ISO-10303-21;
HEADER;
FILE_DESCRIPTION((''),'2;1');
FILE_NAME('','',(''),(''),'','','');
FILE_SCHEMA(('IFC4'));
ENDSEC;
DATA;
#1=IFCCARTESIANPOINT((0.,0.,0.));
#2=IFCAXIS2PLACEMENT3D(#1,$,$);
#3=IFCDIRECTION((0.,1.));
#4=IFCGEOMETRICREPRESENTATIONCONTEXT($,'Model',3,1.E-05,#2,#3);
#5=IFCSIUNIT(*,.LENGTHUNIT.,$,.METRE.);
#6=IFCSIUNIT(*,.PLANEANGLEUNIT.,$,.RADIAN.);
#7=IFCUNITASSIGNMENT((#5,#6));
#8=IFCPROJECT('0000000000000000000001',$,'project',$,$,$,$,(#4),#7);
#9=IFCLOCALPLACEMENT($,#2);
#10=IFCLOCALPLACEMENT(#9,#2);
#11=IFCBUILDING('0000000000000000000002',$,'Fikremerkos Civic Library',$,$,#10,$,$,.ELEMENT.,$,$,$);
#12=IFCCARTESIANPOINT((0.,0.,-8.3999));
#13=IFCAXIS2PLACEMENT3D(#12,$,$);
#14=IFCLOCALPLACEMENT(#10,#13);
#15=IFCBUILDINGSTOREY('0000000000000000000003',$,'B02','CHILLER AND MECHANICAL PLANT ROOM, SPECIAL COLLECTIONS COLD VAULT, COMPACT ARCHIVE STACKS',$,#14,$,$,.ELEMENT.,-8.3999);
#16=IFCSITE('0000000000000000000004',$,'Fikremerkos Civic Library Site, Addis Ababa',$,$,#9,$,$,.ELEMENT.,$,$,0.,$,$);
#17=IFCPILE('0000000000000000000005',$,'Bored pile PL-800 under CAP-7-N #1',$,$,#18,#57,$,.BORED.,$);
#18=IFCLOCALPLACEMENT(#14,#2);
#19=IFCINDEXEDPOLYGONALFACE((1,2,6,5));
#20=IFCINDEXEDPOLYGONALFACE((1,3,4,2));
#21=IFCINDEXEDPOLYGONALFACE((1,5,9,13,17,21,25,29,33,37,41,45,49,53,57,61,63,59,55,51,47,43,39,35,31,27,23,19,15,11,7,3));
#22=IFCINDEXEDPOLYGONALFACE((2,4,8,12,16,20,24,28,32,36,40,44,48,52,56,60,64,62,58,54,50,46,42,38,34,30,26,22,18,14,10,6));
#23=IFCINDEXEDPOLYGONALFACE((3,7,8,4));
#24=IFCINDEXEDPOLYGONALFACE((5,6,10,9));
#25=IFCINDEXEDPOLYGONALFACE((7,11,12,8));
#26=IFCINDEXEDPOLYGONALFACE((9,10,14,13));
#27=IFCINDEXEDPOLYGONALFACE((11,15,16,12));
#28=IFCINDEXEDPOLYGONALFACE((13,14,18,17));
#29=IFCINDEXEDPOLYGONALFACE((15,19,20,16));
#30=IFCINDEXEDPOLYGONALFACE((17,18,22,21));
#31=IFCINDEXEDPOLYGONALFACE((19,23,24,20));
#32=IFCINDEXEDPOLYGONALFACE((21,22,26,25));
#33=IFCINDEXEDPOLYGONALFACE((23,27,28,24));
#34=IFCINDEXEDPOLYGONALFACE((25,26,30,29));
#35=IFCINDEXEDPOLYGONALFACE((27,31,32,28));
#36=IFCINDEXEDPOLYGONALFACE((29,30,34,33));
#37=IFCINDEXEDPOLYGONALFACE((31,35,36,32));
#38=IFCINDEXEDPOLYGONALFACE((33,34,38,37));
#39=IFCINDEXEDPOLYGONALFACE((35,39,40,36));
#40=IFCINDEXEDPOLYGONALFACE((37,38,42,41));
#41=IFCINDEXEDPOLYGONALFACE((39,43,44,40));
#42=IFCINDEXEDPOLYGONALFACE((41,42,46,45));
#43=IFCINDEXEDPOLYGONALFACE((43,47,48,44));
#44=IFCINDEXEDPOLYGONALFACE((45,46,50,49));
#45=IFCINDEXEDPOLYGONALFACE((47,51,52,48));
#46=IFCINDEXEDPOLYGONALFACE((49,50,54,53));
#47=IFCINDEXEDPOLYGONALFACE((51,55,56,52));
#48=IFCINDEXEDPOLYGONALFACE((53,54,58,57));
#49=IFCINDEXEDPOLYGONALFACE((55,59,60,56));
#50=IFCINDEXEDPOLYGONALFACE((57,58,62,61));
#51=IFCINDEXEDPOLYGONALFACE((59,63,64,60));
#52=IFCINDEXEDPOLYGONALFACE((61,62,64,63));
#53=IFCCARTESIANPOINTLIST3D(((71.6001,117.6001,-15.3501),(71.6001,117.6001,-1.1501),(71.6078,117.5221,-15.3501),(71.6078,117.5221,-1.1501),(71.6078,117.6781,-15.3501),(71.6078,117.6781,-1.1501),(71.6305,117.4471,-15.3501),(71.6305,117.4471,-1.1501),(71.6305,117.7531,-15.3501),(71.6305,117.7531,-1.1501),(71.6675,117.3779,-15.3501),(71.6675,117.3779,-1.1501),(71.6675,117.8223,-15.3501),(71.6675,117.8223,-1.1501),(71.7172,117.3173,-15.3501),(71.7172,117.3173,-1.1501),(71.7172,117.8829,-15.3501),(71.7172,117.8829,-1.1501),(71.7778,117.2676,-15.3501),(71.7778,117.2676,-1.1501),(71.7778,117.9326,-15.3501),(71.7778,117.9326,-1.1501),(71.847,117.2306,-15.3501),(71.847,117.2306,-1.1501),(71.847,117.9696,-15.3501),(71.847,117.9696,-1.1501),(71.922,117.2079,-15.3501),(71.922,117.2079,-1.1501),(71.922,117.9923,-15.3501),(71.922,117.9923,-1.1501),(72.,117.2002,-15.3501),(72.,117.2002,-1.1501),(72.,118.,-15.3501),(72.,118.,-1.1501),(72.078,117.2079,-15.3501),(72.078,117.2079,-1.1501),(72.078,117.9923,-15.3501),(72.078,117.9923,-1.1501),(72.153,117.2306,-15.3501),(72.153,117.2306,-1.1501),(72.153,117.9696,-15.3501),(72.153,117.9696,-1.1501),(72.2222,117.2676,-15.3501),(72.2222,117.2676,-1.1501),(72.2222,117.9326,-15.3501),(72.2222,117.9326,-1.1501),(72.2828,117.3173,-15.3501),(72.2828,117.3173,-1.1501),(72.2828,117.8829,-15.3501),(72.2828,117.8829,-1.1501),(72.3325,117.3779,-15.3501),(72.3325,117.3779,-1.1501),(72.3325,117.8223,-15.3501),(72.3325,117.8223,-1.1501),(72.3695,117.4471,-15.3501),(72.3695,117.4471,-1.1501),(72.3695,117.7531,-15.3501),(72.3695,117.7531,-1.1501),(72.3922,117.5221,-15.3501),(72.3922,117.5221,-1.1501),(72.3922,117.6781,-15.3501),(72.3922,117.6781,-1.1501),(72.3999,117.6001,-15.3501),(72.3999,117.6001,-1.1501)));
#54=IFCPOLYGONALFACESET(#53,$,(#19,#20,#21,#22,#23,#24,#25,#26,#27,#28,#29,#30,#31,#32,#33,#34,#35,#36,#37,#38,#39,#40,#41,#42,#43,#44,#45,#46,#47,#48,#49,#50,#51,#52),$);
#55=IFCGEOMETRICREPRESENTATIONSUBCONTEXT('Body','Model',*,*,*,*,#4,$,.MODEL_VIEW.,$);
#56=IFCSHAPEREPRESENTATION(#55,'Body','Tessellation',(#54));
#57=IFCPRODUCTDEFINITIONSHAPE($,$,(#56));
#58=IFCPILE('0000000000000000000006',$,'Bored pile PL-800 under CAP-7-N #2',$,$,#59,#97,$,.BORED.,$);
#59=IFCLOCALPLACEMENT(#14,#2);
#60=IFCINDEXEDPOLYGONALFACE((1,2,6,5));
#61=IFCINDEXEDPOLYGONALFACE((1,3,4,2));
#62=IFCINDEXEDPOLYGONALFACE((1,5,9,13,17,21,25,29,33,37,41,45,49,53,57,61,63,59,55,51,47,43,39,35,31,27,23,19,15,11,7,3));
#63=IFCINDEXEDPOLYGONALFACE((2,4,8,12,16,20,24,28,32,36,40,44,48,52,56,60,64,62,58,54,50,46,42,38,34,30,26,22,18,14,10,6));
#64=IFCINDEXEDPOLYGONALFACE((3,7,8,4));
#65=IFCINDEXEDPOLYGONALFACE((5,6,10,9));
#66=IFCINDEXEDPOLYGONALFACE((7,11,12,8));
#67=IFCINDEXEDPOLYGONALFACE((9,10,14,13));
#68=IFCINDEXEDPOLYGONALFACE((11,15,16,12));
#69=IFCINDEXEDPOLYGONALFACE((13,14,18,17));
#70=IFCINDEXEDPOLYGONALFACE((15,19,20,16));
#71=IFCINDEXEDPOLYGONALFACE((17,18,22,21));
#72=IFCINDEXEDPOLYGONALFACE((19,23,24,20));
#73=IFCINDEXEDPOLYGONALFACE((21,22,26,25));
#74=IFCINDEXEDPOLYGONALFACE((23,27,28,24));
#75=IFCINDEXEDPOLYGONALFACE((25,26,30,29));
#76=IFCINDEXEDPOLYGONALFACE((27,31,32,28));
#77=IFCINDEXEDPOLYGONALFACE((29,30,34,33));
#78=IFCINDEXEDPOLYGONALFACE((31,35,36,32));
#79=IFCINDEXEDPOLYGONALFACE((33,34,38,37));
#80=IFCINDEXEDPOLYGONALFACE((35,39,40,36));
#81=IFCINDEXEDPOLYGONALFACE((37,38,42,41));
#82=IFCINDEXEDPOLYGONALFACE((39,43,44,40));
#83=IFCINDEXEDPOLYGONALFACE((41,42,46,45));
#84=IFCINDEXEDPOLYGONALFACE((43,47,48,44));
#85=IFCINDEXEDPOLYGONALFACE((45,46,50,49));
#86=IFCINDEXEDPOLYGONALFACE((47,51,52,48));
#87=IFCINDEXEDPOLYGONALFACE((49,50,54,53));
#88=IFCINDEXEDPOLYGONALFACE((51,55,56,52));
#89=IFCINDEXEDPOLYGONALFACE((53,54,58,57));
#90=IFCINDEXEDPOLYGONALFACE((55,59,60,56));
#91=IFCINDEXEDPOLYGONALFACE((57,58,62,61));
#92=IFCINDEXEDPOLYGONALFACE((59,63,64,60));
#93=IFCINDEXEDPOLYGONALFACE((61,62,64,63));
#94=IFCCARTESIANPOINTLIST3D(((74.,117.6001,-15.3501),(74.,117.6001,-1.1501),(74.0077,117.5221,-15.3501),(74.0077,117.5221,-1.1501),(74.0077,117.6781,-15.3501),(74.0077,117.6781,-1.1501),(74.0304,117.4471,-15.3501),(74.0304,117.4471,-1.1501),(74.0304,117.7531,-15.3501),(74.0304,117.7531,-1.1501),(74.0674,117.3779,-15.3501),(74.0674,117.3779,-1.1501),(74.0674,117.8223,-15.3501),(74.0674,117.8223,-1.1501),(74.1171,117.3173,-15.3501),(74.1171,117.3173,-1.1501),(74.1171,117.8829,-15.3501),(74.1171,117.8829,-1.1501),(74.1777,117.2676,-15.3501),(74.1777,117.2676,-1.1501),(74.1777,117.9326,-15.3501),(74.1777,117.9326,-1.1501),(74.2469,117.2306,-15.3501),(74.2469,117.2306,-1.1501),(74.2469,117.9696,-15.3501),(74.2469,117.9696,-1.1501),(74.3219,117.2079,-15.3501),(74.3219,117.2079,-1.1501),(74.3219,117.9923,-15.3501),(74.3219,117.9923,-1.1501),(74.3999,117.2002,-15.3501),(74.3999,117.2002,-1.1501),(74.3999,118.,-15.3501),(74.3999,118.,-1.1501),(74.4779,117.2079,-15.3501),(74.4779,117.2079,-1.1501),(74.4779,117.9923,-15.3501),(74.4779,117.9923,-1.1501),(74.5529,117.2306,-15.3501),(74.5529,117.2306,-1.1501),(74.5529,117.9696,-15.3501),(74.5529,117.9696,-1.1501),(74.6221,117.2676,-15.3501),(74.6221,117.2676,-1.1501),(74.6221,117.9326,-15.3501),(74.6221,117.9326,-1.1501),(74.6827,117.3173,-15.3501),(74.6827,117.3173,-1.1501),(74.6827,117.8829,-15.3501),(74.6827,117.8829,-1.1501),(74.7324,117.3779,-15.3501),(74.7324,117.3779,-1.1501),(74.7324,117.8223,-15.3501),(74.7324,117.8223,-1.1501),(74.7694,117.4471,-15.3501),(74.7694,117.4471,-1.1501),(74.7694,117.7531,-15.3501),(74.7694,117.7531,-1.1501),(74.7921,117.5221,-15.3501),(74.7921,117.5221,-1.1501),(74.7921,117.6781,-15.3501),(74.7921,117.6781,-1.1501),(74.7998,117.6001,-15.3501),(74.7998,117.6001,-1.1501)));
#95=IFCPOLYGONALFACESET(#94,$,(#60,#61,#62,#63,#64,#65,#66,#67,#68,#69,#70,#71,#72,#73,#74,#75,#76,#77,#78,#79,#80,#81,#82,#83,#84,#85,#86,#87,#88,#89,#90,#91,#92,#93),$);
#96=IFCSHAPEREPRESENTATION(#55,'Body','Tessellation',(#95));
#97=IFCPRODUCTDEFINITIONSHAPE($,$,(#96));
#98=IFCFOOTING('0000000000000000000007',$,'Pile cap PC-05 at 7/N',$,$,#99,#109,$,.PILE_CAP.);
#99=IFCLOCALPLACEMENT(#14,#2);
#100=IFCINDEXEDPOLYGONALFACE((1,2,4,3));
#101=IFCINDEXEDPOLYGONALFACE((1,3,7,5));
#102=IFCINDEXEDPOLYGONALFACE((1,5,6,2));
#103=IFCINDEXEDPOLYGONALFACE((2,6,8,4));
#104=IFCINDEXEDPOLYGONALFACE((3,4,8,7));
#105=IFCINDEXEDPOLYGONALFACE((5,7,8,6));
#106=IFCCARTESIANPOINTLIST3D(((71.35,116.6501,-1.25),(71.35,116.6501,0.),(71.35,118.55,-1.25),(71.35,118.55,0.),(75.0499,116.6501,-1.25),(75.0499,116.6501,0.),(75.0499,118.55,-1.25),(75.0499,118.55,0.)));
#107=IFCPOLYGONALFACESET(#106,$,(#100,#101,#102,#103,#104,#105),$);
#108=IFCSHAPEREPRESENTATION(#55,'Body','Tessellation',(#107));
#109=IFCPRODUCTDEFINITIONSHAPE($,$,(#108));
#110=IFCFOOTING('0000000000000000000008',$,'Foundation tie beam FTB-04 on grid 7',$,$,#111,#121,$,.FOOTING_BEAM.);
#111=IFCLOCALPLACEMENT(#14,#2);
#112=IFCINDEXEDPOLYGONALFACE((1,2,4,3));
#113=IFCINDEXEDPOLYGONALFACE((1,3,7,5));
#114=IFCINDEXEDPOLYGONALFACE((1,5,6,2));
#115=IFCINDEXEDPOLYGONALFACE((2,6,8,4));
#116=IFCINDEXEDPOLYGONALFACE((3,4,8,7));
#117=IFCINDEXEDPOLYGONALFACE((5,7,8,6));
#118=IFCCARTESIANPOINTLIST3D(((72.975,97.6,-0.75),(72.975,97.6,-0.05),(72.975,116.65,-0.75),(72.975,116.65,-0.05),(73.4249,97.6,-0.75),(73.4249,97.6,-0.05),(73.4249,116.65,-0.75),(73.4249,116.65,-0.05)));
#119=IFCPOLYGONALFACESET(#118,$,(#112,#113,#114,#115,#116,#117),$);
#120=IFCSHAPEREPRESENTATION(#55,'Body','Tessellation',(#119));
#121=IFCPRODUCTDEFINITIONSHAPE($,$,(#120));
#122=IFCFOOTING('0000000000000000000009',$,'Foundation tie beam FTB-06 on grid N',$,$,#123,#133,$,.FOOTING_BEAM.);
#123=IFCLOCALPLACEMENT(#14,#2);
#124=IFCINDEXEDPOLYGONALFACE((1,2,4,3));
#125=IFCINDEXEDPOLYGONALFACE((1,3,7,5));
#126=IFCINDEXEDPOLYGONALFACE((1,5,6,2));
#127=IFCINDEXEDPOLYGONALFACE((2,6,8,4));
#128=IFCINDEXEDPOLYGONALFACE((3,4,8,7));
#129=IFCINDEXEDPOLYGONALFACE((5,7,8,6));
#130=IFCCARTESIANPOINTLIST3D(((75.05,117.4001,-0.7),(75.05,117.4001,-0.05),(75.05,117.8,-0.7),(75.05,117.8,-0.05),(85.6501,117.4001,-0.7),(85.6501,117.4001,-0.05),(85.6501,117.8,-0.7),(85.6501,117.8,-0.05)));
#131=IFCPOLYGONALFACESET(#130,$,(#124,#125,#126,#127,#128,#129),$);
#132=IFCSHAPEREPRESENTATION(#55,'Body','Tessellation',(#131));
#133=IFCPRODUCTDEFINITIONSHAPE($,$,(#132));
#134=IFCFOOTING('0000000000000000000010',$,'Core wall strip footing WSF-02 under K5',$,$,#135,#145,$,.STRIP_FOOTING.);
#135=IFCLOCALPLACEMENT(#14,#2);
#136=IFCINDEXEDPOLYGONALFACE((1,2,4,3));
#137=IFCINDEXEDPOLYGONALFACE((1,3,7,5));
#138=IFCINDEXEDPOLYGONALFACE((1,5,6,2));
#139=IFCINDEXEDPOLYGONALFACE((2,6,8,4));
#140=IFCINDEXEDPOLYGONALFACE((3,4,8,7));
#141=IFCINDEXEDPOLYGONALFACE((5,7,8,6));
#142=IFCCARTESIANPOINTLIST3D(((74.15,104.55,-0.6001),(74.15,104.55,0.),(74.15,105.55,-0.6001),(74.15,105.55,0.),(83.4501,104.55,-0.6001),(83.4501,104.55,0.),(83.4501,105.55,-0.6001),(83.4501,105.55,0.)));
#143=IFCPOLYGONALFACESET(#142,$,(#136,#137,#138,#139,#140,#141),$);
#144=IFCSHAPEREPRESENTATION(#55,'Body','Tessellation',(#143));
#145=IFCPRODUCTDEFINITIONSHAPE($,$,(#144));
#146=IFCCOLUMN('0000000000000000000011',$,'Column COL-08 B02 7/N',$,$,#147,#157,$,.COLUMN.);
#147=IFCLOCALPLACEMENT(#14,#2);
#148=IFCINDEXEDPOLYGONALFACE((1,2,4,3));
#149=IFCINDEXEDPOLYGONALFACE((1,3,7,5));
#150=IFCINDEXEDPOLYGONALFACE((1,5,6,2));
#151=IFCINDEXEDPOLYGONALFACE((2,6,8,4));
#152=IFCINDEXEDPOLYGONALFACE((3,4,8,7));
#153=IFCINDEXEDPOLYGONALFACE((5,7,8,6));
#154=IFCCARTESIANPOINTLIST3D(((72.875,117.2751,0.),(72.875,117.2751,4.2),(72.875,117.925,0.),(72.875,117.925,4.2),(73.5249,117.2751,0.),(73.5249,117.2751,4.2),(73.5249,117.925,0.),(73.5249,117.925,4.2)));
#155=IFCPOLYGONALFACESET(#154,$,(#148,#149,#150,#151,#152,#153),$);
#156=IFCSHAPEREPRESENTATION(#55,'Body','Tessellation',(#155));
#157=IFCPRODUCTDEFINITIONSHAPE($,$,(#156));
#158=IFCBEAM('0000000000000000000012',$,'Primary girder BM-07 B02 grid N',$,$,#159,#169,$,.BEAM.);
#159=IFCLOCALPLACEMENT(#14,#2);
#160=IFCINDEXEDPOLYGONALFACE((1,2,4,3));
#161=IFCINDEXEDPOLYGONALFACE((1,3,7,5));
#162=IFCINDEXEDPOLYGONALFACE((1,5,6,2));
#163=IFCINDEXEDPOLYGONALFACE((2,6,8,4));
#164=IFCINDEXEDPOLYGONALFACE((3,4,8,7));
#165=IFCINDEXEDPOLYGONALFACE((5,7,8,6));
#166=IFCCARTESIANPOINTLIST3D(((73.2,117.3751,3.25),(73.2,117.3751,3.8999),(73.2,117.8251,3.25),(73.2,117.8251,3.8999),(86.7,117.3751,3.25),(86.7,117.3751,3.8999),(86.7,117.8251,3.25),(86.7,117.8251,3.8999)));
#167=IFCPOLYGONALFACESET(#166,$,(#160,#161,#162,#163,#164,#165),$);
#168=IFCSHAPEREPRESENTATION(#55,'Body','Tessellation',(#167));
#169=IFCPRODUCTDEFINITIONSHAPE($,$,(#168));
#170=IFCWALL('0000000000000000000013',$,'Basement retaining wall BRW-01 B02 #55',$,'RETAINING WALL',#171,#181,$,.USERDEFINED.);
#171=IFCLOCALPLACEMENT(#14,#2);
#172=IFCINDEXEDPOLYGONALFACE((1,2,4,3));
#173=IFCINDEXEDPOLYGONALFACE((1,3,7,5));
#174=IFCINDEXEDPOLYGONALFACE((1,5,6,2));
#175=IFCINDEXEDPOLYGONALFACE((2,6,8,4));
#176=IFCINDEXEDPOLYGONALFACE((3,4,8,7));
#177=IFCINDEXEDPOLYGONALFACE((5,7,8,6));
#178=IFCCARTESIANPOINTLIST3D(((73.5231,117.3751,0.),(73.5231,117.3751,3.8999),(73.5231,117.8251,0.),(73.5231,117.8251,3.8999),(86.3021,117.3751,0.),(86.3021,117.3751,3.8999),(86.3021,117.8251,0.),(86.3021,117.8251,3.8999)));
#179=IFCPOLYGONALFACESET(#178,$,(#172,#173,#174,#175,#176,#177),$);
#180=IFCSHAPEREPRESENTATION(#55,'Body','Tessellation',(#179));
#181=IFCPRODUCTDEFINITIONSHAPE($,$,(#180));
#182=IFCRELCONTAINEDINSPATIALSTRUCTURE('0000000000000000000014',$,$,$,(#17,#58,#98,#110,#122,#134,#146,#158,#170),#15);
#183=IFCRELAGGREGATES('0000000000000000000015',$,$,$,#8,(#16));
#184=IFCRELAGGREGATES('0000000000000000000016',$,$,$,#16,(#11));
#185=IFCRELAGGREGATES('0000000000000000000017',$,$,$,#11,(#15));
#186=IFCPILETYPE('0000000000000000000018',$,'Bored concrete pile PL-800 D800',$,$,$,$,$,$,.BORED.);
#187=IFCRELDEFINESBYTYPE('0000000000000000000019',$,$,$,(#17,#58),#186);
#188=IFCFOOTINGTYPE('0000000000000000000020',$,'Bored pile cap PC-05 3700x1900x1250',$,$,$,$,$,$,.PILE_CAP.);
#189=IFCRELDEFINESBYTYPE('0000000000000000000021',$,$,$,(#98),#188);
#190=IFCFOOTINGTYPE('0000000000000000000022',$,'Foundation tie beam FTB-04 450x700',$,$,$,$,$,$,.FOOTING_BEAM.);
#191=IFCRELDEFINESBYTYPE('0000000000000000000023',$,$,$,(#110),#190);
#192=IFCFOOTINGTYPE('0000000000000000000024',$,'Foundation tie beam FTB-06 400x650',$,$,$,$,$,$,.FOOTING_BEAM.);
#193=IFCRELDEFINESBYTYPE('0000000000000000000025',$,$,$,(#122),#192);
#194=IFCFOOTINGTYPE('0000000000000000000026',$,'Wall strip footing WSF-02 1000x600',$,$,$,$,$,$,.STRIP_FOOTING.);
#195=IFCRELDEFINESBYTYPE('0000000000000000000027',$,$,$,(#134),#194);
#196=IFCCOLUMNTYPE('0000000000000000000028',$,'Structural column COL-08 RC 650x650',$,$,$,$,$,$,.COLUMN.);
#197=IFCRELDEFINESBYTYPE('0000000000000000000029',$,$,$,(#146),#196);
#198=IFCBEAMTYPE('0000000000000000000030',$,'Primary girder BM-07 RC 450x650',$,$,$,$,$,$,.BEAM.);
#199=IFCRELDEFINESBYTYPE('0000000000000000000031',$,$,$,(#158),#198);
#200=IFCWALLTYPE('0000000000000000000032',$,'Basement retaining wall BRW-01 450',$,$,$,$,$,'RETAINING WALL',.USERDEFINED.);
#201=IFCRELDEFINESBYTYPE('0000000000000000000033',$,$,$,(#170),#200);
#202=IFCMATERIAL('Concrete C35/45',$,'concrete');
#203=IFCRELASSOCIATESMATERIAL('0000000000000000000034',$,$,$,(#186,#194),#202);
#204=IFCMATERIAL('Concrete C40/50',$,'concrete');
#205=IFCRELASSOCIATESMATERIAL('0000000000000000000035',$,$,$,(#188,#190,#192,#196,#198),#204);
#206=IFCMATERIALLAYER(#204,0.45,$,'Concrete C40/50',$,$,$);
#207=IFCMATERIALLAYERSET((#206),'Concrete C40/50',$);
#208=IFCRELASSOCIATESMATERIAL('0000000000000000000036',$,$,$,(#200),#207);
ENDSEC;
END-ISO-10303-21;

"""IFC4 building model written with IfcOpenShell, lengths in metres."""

from ifc_helpers import new_model, si_unit, direction, frame, frame_2d, origin, origin_2d, place, context, subcontext, project, spatial, rectangle, circle, extrude, material, layer, layer_set, material_profile, profile_set, type_object, element, save


model = new_model("IFC4")

# Units and contexts
model_context = context("Model", 3, precision=1e-05, world=origin(), true_north=direction((0.0, 1.0)))
body_context = subcontext(model_context, "Body", "Model", "MODEL_VIEW")
ifc_project = project(units=[si_unit("LENGTHUNIT", "METRE"), si_unit("PLANEANGLEUNIT", "RADIAN")], contexts=[model_context])

# Site, building, storey
site_placement = place(None, origin())
site = spatial("IfcSite", under=ifc_project, at=site_placement, Name="Fikremerkos Civic Library Site, Addis Ababa", CompositionType="ELEMENT", RefElevation=0.0)
building_placement = place(site_placement, origin())
building = spatial("IfcBuilding", under=site, at=building_placement, Name="Fikremerkos Civic Library", CompositionType="ELEMENT")
storey_placement = place(building_placement, frame((0.0, 0.0, -8.3999)))
storey = spatial("IfcBuildingStorey", under=building, at=storey_placement, Name="B02", Description="CHILLER AND MECHANICAL PLANT ROOM, SPECIAL COLLECTIONS COLD VAULT, COMPACT ARCHIVE STACKS", CompositionType="ELEMENT", Elevation=-8.3999)

# Piles
ifc_material_1 = material(Name="Concrete C35/45", Category="concrete")
ifc_material_profile_1 = material_profile(ifc_material_1, circle(Radius=0.3999, at=origin_2d()), Name="BORED PILE 800")
ifc_profile_set_1 = profile_set([ifc_material_profile_1], Name="Concrete C35/45")
pile_type = type_object("IfcPileType", Name="Bored concrete pile PL-800 D800", PredefinedType="BORED", material=ifc_profile_set_1)
for number, where, z_axis, x_axis, name in (
    (1, (72.0, 117.6001, -1.1501), (0.0, 0.0, -1.0), (1.0, 0.0, 0.0), "Bored pile PL-800 under CAP-7-N #1"),
    (2, (74.3999, 117.6001, -1.1501), (0.0, 0.0, -1.0), (1.0, 0.0, 0.0), "Bored pile PL-800 under CAP-7-N #2"),
):
    element("IfcPile", number, at=place(storey_placement, frame(where, z_axis=z_axis, x_axis=x_axis)), inside=storey, type_object=pile_type, Name=name, PredefinedType="BORED", context=body_context, shape_type="SweptSolid", body=[
        extrude(circle(Radius=0.3999, at=origin_2d()), origin(), (0.0, 0.0, 1.0), 14.2),
    ])

# Footings
ifc_material_2 = material(Name="Concrete C40/50", Category="concrete")
footing_type_1 = type_object("IfcFootingType", Name="Bored pile cap PC-05 3700x1900x1250", PredefinedType="PILE_CAP", material=ifc_material_2)
footing_1_placement = place(storey_placement, frame((73.2, 117.6001, -1.25), z_axis=(0.0, 0.0, 1.0), x_axis=(1.0, 0.0, 0.0)))
element("IfcFooting", 3, at=footing_1_placement, inside=storey, type_object=footing_type_1, Name="Pile cap PC-05 at 7/N", PredefinedType="PILE_CAP", context=body_context, shape_type="SweptSolid", body=[
    extrude(rectangle(XDim=3.7, YDim=1.8999, at=origin_2d()), origin(), (0.0, 0.0, 1.0), 1.25),
])
footing_type_2 = type_object("IfcFootingType", Name="Foundation tie beam FTB-04 450x700", PredefinedType="FOOTING_BEAM", material=ifc_material_2)
footing_2_placement = place(storey_placement, frame((73.2, 107.125, -0.75), z_axis=(0.0, 0.0, 1.0), x_axis=(0.0, 1.0, 0.0)))
element("IfcFooting", 4, at=footing_2_placement, inside=storey, type_object=footing_type_2, Name="Foundation tie beam FTB-04 on grid 7", PredefinedType="FOOTING_BEAM", context=body_context, shape_type="SweptSolid", body=[
    extrude(rectangle(XDim=19.05, YDim=0.45, at=origin_2d()), origin(), (0.0, 0.0, 1.0), 0.7),
])
footing_type_3 = type_object("IfcFootingType", Name="Foundation tie beam FTB-06 400x650", PredefinedType="FOOTING_BEAM", material=ifc_material_2)
footing_3_placement = place(storey_placement, frame((80.3501, 117.6001, -0.7), z_axis=(0.0, 0.0, 1.0), x_axis=(1.0, 0.0, 0.0)))
element("IfcFooting", 5, at=footing_3_placement, inside=storey, type_object=footing_type_3, Name="Foundation tie beam FTB-06 on grid N", PredefinedType="FOOTING_BEAM", context=body_context, shape_type="SweptSolid", body=[
    extrude(rectangle(XDim=10.6001, YDim=0.3999, at=origin_2d()), origin(), (0.0, 0.0, 1.0), 0.6499),
])
footing_type_4 = type_object("IfcFootingType", Name="Wall strip footing WSF-02 1000x600", PredefinedType="STRIP_FOOTING", material=ifc_material_1)
footing_4_placement = place(storey_placement, frame((78.8, 105.05, -0.6001), z_axis=(0.0, 0.0, 1.0), x_axis=(1.0, 0.0, 0.0)))
element("IfcFooting", 6, at=footing_4_placement, inside=storey, type_object=footing_type_4, Name="Core wall strip footing WSF-02 under K5", PredefinedType="STRIP_FOOTING", context=body_context, shape_type="SweptSolid", body=[
    extrude(rectangle(XDim=9.3, YDim=1.0, at=origin_2d()), origin(), (0.0, 0.0, 1.0), 0.6001),
])

# Column
ifc_material_profile_2 = material_profile(ifc_material_2, rectangle(XDim=0.6499, YDim=0.6499, at=origin_2d()), Name="RC 650x650")
ifc_profile_set_2 = profile_set([ifc_material_profile_2], Name="Concrete C40/50")
column_type = type_object("IfcColumnType", Name="Structural column COL-08 RC 650x650", PredefinedType="COLUMN", material=ifc_profile_set_2)
column_placement = place(storey_placement, frame((73.2, 117.6001, 0.0), z_axis=(0.0, 0.0, 1.0), x_axis=(1.0, 0.0, 0.0)))
element("IfcColumn", 7, at=column_placement, inside=storey, type_object=column_type, Name="Column COL-08 B02 7/N", PredefinedType="COLUMN", context=body_context, shape_type="SweptSolid", body=[
    extrude(rectangle(XDim=0.6499, YDim=0.6499, at=origin_2d()), origin(), (0.0, 0.0, 1.0), 4.2),
])

# Beam
ifc_material_profile_3 = material_profile(ifc_material_2, rectangle(XDim=0.45, YDim=0.6499, at=origin_2d()), Name="RC 450x650")
ifc_profile_set_3 = profile_set([ifc_material_profile_3], Name="Concrete C40/50")
beam_type = type_object("IfcBeamType", Name="Primary girder BM-07 RC 450x650", PredefinedType="BEAM", material=ifc_profile_set_3)
beam_placement = place(storey_placement, frame((73.2, 117.6001, 3.575), z_axis=(1.0, 0.0, 0.0), x_axis=(0.0, 1.0, 0.0)))
element("IfcBeam", 8, at=beam_placement, inside=storey, type_object=beam_type, Name="Primary girder BM-07 B02 grid N", PredefinedType="BEAM", context=body_context, shape_type="SweptSolid", body=[
    extrude(rectangle(XDim=0.45, YDim=0.6499, at=origin_2d()), origin(), (0.0, 0.0, 1.0), 13.5),
])

# Wall
ifc_layer_1 = layer(ifc_material_2, 0.45, Name="Concrete C40/50")
ifc_layer_set_1 = layer_set([ifc_layer_1], Name="Concrete C40/50")
wall_type_1 = type_object("IfcWallType", Name="Basement retaining wall BRW-01 450", ElementType="RETAINING WALL", PredefinedType="USERDEFINED", material=ifc_layer_set_1)
wall_1_placement = place(storey_placement, frame((73.5229, 117.6001, 0.0), z_axis=(0.0, 0.0, 1.0), x_axis=(1.0, 0.0, 0.0)))
element("IfcWall", 9, at=wall_1_placement, inside=storey, type_object=wall_type_1, Name="Basement retaining wall BRW-01 B02 #55", ObjectType="RETAINING WALL", PredefinedType="USERDEFINED", context=body_context, shape_type="SweptSolid", body=[
    extrude(rectangle(XDim=12.7791, YDim=0.45, at=frame_2d((6.3896, 0.0))), origin(), (0.0, 0.0, 1.0), 3.8999),
])

save(model, "model.ifc")
